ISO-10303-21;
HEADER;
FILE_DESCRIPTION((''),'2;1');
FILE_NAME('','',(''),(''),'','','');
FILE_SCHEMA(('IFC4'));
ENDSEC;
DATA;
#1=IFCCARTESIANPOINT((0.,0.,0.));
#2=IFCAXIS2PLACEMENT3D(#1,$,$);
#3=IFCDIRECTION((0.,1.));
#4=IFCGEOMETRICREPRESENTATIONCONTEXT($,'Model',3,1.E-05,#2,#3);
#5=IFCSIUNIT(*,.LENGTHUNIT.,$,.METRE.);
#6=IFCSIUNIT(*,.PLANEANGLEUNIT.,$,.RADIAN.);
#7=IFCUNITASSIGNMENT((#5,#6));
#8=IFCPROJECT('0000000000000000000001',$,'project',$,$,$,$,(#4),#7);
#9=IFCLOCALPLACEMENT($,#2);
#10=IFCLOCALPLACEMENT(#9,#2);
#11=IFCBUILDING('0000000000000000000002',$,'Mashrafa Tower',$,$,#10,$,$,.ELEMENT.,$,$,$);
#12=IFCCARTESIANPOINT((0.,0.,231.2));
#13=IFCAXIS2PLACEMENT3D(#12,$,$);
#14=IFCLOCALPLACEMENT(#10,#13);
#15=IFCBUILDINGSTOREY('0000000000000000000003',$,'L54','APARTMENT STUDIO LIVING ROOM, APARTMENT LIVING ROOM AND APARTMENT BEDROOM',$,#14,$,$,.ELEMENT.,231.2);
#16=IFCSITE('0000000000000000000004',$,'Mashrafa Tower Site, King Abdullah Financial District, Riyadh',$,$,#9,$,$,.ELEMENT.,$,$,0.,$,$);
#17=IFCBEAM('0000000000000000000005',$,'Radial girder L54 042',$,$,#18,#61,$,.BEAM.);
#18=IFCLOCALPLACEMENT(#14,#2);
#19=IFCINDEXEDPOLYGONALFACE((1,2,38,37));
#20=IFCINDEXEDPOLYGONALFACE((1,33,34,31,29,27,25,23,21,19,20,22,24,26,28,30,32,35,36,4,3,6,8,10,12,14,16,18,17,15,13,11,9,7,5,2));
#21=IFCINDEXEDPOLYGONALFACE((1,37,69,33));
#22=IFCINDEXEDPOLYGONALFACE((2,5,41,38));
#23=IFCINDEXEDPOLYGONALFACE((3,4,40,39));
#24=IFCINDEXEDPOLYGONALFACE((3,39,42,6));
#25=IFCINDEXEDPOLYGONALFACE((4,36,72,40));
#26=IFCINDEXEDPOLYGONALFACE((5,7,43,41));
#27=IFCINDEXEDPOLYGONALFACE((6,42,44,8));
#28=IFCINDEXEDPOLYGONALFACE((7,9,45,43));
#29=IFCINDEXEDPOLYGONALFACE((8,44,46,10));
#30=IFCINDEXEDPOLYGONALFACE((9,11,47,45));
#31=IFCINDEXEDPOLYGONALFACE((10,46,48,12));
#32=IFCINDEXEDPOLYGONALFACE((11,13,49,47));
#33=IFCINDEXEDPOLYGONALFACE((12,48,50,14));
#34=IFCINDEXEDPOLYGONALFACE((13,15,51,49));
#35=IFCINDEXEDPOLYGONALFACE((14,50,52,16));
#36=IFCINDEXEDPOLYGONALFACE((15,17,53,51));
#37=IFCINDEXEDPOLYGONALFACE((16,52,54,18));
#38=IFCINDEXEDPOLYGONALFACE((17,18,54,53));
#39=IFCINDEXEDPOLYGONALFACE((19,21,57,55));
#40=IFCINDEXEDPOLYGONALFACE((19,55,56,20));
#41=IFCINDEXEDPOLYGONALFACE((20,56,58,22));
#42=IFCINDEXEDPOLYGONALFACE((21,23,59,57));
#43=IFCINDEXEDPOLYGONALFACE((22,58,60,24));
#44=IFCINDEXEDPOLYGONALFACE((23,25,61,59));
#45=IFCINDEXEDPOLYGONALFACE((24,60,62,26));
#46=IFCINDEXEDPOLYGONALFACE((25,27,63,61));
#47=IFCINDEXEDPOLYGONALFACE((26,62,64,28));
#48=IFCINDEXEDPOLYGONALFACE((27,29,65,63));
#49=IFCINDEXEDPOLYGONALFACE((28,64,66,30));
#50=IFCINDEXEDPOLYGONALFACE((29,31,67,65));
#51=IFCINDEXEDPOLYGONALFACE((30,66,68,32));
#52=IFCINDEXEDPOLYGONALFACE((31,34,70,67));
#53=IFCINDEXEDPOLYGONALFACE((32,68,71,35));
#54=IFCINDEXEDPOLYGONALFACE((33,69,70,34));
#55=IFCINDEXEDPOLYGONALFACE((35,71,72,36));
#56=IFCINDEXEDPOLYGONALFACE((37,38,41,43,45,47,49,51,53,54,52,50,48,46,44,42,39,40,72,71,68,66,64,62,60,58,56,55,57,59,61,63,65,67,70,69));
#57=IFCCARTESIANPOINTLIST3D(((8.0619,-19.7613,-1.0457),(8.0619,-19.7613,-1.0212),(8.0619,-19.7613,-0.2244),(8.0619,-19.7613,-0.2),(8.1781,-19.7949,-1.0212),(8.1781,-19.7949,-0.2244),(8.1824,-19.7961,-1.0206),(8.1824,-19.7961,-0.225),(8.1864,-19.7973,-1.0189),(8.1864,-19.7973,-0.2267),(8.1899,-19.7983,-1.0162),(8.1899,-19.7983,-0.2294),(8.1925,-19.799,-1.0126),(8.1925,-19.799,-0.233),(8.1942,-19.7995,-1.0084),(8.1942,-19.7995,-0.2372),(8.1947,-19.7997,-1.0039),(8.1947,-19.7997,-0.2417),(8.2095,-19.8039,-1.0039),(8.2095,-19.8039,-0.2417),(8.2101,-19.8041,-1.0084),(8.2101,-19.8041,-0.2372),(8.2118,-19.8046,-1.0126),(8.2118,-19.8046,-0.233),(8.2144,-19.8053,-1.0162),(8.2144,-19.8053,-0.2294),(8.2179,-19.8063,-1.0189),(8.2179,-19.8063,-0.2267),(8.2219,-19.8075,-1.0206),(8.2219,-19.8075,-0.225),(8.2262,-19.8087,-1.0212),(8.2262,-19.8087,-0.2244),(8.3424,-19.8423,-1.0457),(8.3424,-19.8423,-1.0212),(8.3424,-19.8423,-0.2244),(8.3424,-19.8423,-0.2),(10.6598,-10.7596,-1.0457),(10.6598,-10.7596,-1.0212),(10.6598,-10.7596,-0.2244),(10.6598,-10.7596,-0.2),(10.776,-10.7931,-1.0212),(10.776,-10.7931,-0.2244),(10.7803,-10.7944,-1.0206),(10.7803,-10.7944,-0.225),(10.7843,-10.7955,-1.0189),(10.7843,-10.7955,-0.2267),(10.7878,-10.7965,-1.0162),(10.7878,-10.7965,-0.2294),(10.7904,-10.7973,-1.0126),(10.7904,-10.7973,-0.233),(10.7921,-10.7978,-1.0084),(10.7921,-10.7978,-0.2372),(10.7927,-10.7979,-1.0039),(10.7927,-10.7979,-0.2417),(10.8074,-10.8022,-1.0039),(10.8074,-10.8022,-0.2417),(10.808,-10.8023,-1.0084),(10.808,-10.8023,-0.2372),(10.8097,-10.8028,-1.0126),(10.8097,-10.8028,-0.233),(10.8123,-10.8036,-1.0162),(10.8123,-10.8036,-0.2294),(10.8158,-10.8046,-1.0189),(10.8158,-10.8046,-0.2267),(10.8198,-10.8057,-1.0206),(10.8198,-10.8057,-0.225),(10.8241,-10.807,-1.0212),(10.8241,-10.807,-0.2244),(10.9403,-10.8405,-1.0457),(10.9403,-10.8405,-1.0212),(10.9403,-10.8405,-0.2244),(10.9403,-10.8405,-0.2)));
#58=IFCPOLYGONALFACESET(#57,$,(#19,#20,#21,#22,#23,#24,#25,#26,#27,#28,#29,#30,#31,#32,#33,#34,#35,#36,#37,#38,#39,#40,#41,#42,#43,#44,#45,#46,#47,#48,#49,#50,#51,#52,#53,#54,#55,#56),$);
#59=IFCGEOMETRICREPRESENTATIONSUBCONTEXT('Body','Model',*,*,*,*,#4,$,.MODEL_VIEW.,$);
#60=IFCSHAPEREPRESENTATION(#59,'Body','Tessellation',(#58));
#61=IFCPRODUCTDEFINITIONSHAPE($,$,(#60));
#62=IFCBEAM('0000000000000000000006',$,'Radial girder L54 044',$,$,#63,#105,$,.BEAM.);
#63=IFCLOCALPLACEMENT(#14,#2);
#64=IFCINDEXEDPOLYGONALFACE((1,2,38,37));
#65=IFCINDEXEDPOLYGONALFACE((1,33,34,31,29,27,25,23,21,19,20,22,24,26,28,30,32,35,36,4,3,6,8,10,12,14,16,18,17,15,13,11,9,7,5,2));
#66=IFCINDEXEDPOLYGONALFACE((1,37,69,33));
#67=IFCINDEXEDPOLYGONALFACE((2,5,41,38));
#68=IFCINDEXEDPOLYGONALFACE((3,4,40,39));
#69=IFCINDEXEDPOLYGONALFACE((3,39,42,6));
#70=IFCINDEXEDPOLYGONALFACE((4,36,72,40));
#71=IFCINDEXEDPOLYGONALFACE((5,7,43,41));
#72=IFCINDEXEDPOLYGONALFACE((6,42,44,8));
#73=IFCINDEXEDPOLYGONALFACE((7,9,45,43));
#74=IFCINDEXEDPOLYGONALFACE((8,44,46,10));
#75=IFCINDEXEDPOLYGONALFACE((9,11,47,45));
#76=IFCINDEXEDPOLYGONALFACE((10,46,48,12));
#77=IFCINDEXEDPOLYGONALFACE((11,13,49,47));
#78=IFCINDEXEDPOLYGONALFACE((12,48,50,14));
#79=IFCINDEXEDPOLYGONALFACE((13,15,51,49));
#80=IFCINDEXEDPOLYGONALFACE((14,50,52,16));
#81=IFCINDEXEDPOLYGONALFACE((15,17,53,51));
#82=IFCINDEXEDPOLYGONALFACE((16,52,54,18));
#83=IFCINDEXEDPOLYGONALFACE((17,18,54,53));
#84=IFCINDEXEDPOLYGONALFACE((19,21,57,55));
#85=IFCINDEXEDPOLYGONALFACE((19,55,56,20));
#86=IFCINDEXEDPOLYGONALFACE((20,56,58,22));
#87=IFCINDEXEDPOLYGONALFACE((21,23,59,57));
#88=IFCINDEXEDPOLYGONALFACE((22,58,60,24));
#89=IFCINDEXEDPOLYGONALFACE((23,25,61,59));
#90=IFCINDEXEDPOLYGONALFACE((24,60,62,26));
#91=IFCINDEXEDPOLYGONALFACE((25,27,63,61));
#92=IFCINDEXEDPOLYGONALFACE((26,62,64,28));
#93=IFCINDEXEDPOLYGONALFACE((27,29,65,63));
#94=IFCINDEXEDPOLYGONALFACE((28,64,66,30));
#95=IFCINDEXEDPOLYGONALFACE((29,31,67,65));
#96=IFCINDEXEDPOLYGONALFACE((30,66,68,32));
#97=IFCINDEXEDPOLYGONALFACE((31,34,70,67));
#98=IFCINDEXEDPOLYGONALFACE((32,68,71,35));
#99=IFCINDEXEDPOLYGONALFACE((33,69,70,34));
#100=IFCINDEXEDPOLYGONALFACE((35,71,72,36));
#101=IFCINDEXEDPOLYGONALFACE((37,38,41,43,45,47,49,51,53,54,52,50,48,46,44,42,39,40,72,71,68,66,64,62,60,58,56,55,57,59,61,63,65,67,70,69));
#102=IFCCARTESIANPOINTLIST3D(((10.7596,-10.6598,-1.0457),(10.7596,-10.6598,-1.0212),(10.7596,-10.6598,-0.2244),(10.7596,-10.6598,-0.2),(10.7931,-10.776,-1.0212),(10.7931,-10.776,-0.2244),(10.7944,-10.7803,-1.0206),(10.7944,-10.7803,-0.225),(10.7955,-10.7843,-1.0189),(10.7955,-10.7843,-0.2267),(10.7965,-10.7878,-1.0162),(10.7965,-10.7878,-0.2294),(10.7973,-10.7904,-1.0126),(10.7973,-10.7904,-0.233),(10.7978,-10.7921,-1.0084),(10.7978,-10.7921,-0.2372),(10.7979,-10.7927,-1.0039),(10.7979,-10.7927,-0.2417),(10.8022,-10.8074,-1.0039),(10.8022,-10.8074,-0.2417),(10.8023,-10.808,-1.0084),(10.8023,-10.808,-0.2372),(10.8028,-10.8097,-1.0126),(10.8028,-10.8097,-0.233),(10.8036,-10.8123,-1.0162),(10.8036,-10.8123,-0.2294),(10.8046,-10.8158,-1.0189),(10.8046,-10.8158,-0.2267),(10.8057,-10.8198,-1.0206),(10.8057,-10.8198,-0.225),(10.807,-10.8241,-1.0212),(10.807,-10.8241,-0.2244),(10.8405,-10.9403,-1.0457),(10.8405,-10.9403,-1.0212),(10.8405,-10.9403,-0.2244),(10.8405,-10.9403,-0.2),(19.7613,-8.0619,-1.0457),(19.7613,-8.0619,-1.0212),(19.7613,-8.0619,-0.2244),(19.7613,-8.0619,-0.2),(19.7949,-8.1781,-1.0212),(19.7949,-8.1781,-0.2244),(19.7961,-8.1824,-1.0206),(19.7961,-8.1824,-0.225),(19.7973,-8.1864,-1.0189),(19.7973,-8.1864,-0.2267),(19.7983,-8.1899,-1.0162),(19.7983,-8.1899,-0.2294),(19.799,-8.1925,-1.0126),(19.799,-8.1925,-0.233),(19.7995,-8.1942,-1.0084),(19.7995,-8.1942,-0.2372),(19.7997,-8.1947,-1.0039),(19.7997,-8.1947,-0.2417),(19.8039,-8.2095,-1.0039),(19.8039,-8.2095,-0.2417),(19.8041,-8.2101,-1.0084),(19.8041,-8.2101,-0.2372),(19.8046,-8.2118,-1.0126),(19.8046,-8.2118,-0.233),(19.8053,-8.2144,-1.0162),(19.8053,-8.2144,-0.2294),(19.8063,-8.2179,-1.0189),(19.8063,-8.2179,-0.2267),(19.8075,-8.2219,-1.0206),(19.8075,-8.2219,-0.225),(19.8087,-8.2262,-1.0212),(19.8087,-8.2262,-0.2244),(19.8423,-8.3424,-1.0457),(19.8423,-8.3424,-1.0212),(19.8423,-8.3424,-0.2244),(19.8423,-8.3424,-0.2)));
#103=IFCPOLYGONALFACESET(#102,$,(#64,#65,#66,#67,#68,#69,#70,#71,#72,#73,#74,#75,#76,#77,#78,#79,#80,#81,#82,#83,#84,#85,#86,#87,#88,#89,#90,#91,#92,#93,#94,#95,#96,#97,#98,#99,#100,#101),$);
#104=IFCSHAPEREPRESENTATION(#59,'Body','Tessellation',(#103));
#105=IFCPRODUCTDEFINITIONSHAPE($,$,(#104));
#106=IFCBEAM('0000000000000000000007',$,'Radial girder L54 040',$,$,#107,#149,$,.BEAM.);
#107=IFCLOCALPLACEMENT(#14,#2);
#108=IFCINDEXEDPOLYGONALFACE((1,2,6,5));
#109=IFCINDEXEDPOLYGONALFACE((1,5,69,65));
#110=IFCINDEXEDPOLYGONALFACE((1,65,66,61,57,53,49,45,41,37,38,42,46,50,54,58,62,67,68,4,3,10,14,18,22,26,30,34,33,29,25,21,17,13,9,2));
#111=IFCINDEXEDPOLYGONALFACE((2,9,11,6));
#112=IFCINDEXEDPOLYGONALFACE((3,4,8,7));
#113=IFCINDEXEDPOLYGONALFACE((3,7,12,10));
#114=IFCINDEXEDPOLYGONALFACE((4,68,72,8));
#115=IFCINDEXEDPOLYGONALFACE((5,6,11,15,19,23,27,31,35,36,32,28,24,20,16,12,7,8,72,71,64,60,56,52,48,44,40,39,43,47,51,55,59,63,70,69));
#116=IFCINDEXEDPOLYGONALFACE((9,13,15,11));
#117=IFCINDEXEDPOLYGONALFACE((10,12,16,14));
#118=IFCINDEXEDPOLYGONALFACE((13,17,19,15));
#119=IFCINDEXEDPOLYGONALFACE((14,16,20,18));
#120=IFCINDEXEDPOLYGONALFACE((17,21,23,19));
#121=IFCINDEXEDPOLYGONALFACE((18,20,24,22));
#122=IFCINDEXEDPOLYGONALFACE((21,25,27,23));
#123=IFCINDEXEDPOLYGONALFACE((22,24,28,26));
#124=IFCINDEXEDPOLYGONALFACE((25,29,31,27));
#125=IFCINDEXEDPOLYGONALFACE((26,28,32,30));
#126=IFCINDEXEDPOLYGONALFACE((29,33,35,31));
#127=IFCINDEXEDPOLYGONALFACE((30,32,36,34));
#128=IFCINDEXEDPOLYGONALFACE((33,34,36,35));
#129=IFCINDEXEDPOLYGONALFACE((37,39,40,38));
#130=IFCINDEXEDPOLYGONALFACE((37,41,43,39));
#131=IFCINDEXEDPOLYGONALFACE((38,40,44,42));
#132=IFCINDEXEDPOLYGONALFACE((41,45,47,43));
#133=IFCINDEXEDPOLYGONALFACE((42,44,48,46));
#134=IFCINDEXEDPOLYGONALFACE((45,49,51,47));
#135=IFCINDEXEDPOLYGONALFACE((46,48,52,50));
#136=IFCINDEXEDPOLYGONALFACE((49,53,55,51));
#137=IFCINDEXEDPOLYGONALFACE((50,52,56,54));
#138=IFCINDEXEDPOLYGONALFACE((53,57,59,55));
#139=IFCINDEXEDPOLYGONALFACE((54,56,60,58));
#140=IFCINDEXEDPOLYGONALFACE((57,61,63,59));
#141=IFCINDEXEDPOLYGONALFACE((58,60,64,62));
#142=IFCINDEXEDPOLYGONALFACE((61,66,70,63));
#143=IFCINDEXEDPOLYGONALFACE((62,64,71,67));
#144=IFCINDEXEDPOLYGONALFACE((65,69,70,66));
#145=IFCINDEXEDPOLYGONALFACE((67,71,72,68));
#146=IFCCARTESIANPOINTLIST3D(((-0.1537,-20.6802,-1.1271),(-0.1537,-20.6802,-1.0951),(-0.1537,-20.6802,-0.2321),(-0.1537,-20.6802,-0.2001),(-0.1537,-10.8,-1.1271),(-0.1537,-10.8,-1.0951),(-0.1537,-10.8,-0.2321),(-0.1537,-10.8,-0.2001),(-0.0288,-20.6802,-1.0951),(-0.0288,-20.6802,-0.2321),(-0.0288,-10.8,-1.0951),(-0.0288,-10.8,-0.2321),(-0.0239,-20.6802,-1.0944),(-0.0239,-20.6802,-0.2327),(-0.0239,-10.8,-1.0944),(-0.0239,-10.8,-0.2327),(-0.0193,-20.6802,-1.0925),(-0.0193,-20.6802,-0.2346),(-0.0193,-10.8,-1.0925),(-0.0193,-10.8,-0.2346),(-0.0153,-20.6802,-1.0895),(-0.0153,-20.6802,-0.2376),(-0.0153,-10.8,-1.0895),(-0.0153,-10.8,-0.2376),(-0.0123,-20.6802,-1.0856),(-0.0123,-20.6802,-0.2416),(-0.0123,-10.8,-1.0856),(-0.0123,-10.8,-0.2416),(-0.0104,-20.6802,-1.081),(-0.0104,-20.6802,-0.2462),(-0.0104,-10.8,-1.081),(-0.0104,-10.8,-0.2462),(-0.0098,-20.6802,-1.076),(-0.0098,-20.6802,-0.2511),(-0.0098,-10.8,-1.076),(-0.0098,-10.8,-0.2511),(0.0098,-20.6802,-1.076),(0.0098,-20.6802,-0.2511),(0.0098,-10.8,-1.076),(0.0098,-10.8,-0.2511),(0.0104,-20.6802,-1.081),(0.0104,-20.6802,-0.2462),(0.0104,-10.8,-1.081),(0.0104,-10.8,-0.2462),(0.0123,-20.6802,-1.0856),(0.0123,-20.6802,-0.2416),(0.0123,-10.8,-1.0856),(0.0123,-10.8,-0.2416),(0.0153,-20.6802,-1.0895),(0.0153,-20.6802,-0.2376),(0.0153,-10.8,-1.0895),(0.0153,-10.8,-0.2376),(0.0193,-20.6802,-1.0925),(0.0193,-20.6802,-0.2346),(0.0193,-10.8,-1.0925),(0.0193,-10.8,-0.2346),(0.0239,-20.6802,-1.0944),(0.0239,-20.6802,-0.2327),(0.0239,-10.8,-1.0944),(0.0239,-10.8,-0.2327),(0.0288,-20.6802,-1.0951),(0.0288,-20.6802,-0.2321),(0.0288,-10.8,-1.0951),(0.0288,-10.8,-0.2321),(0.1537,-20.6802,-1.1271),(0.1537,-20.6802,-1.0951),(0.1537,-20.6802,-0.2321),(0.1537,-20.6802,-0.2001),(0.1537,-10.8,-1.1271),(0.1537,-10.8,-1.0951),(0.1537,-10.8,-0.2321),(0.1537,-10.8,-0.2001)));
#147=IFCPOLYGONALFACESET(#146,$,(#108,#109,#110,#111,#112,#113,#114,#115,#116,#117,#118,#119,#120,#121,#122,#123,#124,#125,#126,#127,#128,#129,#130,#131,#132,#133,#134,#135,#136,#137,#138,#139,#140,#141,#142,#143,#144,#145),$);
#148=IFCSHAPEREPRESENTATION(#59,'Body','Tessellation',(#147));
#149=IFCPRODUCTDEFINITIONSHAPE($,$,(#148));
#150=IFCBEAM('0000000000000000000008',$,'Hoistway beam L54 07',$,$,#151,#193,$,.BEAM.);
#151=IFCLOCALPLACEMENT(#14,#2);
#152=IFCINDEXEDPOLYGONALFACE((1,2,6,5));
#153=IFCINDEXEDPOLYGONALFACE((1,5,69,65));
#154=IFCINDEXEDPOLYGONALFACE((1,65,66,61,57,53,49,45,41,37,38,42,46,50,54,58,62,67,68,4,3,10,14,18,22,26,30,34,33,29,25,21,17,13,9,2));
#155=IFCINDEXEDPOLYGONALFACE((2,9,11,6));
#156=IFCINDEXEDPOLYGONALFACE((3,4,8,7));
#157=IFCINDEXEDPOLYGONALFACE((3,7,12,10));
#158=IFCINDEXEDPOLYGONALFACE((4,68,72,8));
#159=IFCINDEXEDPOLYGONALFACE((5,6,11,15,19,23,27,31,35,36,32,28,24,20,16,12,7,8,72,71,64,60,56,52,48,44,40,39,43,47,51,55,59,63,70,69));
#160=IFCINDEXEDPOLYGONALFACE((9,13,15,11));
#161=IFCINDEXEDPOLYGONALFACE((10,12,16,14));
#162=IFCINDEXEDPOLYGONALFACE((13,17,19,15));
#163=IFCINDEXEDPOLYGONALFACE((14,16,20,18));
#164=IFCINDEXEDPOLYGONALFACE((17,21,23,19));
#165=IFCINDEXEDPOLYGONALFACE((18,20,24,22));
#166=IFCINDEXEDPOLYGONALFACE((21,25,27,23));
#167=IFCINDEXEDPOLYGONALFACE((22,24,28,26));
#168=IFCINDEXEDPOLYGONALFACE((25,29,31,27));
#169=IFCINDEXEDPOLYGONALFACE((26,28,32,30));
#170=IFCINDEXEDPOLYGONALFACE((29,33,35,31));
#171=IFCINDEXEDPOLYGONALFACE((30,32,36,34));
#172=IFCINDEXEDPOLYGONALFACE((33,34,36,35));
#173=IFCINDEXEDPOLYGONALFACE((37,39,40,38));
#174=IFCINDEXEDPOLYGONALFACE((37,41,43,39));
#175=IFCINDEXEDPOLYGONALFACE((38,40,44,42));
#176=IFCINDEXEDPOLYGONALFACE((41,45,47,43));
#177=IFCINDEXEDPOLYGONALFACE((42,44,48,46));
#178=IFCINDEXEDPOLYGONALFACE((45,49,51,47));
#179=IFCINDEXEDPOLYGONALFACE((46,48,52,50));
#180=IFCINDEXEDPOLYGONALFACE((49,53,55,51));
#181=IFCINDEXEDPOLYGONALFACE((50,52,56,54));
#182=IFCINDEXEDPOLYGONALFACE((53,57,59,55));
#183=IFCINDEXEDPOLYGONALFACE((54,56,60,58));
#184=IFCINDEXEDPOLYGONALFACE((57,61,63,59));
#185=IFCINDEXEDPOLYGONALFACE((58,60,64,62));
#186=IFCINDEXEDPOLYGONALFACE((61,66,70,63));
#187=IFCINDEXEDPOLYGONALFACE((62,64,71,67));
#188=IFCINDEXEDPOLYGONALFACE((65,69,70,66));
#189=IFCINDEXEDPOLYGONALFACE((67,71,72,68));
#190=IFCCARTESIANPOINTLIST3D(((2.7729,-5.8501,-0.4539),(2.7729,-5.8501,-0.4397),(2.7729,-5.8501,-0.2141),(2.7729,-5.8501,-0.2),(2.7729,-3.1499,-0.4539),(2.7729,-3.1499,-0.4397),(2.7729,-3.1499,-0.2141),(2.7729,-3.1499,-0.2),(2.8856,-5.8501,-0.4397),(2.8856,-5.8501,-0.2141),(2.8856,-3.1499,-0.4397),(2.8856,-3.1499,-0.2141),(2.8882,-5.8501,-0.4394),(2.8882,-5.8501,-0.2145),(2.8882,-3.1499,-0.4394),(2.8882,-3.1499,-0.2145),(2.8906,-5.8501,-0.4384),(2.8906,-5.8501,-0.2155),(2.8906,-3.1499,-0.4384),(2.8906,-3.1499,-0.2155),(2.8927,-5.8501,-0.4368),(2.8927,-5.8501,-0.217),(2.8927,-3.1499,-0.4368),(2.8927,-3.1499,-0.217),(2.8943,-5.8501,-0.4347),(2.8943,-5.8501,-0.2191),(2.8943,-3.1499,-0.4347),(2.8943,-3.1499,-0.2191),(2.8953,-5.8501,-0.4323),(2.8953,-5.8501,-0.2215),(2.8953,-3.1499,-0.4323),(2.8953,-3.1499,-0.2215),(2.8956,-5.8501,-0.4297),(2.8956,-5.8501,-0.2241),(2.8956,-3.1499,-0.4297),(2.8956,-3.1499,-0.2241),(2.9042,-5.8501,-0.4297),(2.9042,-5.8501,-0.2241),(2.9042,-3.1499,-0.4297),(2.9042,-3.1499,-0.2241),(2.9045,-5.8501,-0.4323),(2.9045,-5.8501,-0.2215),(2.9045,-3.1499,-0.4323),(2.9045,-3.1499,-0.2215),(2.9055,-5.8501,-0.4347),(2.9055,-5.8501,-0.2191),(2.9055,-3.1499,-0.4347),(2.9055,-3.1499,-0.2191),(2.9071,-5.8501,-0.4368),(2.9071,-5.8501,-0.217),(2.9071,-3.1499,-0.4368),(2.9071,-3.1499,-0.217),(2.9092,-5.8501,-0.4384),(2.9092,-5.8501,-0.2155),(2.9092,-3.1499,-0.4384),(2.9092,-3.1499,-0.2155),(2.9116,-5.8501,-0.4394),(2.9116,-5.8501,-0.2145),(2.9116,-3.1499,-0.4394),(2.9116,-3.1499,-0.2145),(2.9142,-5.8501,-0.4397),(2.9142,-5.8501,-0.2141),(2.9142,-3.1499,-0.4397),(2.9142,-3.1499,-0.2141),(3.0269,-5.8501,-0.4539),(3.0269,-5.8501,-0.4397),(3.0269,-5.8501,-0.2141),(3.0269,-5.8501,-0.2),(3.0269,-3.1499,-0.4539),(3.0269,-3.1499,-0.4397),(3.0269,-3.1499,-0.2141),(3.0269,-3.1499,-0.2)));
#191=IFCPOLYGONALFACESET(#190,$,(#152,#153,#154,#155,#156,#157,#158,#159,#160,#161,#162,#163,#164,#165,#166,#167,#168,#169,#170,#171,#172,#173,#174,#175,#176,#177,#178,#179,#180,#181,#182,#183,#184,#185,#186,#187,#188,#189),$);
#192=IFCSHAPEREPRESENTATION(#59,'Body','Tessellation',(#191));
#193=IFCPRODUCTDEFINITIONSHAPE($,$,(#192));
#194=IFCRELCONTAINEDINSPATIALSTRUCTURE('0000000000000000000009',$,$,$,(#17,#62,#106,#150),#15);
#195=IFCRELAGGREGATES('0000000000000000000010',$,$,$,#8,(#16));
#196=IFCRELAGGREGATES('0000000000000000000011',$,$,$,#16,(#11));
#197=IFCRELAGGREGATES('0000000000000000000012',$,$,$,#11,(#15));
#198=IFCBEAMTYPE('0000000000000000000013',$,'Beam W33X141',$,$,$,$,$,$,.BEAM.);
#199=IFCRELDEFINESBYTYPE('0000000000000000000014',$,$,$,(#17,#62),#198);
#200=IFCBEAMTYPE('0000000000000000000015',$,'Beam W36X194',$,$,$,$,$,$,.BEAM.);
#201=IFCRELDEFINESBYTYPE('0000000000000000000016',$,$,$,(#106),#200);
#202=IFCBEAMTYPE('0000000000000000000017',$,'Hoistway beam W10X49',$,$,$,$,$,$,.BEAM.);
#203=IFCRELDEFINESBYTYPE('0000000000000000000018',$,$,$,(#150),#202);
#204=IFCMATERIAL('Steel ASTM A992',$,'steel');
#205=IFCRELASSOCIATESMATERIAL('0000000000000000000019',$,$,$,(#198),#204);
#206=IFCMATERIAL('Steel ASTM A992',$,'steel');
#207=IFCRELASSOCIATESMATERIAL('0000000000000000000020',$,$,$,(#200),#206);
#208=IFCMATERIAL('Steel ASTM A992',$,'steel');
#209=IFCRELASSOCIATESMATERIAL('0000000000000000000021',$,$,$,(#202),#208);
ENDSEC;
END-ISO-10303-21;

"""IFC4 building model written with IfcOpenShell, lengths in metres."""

from ifc_helpers import new_model, si_unit, direction, frame, origin, origin_2d, place, context, subcontext, project, spatial, i_section, extrude, material, material_profile, profile_set, type_object, element, save


model = new_model("IFC4")

# Units and contexts
model_context = context("Model", 3, precision=1e-05, world=origin(), true_north=direction((0.0, 1.0)))
body_context = subcontext(model_context, "Body", "Model", "MODEL_VIEW")
ifc_project = project(units=[si_unit("LENGTHUNIT", "METRE"), si_unit("PLANEANGLEUNIT", "RADIAN")], contexts=[model_context])

# Site, building, storey
site_placement = place(None, origin())
site = spatial("IfcSite", under=ifc_project, at=site_placement, Name="Mashrafa Tower Site, King Abdullah Financial District, Riyadh", CompositionType="ELEMENT", RefElevation=0.0)
building_placement = place(site_placement, origin())
building = spatial("IfcBuilding", under=site, at=building_placement, Name="Mashrafa Tower", CompositionType="ELEMENT")
storey_placement = place(building_placement, frame((0.0, 0.0, 231.2)))
storey = spatial("IfcBuildingStorey", under=building, at=storey_placement, Name="L54", Description="APARTMENT STUDIO LIVING ROOM, APARTMENT LIVING ROOM AND APARTMENT BEDROOM", CompositionType="ELEMENT", Elevation=231.2)

# Beams
ifc_material_1 = material(Name="Steel ASTM A992", Category="steel")
ifc_material_profile_1 = material_profile(ifc_material_1, i_section(OverallWidth=0.292, OverallDepth=0.8457, WebThickness=0.0154, FlangeThickness=0.0244, FilletRadius=0.0173, at=origin_2d()), Name="W33X141")
ifc_profile_set_1 = profile_set([ifc_material_profile_1], Name="Steel ASTM A992")
beam_type_1 = type_object("IfcBeamType", Name="Beam W33X141", PredefinedType="BEAM", material=ifc_profile_set_1)
for number, where, z_axis, x_axis, name in (
    (1, (10.8, -10.8, -0.6228), (-0.277284, -0.960788, 0.0), (0.960788, -0.277284, 0.0), "Radial girder L54 042"),
    (2, (10.8, -10.8, -0.6228), (0.960788, 0.277284, 0.0), (-0.277284, 0.960788, 0.0), "Radial girder L54 044"),
):
    element("IfcBeam", number, at=place(storey_placement, frame(where, z_axis=z_axis, x_axis=x_axis)), inside=storey, type_object=beam_type_1, Name=name, PredefinedType="BEAM", context=body_context, shape_type="SweptSolid", body=[
        extrude(i_section(OverallWidth=0.292, OverallDepth=0.8457, WebThickness=0.0154, FlangeThickness=0.0244, FilletRadius=0.0173, at=origin_2d()), origin(), (0.0, 0.0, 1.0), 9.3691),
    ])
ifc_material_2 = material(Name="Steel ASTM A992", Category="steel")
ifc_material_profile_2 = material_profile(ifc_material_2, i_section(OverallWidth=0.3074, OverallDepth=0.927, WebThickness=0.0195, FlangeThickness=0.032, FilletRadius=0.019, at=origin_2d()), Name="W36X194")
ifc_profile_set_2 = profile_set([ifc_material_profile_2], Name="Steel ASTM A992")
beam_type_2 = type_object("IfcBeamType", Name="Beam W36X194", PredefinedType="BEAM", material=ifc_profile_set_2)
beam_1_placement = place(storey_placement, frame((0.0, -10.8, -0.6636), z_axis=(0.0, -1.0, 0.0), x_axis=(1.0, 0.0, 0.0)))
element("IfcBeam", 3, at=beam_1_placement, inside=storey, type_object=beam_type_2, Name="Radial girder L54 040", PredefinedType="BEAM", context=body_context, shape_type="SweptSolid", body=[
    extrude(i_section(OverallWidth=0.3074, OverallDepth=0.927, WebThickness=0.0195, FlangeThickness=0.032, FilletRadius=0.019, at=origin_2d()), origin(), (0.0, 0.0, 1.0), 9.8801),
])
ifc_material_3 = material(Name="Steel ASTM A992", Category="steel")
ifc_material_profile_3 = material_profile(ifc_material_3, i_section(OverallWidth=0.2539, OverallDepth=0.2539, WebThickness=0.0085, FlangeThickness=0.0142, FilletRadius=0.01, at=origin_2d()), Name="W10X49")
ifc_profile_set_3 = profile_set([ifc_material_profile_3], Name="Steel ASTM A992")
beam_type_3 = type_object("IfcBeamType", Name="Hoistway beam W10X49", PredefinedType="BEAM", material=ifc_profile_set_3)
beam_2_placement = place(storey_placement, frame((2.8999, -5.8501, -0.3269), z_axis=(0.0, 1.0, 0.0), x_axis=(-1.0, 0.0, 0.0)))
element("IfcBeam", 4, at=beam_2_placement, inside=storey, type_object=beam_type_3, Name="Hoistway beam L54 07", PredefinedType="BEAM", context=body_context, shape_type="SweptSolid", body=[
    extrude(i_section(OverallWidth=0.2539, OverallDepth=0.2539, WebThickness=0.0085, FlangeThickness=0.0142, FilletRadius=0.01, at=origin_2d()), origin(), (0.0, 0.0, 1.0), 2.7002),
])

save(model, "model.ifc")
